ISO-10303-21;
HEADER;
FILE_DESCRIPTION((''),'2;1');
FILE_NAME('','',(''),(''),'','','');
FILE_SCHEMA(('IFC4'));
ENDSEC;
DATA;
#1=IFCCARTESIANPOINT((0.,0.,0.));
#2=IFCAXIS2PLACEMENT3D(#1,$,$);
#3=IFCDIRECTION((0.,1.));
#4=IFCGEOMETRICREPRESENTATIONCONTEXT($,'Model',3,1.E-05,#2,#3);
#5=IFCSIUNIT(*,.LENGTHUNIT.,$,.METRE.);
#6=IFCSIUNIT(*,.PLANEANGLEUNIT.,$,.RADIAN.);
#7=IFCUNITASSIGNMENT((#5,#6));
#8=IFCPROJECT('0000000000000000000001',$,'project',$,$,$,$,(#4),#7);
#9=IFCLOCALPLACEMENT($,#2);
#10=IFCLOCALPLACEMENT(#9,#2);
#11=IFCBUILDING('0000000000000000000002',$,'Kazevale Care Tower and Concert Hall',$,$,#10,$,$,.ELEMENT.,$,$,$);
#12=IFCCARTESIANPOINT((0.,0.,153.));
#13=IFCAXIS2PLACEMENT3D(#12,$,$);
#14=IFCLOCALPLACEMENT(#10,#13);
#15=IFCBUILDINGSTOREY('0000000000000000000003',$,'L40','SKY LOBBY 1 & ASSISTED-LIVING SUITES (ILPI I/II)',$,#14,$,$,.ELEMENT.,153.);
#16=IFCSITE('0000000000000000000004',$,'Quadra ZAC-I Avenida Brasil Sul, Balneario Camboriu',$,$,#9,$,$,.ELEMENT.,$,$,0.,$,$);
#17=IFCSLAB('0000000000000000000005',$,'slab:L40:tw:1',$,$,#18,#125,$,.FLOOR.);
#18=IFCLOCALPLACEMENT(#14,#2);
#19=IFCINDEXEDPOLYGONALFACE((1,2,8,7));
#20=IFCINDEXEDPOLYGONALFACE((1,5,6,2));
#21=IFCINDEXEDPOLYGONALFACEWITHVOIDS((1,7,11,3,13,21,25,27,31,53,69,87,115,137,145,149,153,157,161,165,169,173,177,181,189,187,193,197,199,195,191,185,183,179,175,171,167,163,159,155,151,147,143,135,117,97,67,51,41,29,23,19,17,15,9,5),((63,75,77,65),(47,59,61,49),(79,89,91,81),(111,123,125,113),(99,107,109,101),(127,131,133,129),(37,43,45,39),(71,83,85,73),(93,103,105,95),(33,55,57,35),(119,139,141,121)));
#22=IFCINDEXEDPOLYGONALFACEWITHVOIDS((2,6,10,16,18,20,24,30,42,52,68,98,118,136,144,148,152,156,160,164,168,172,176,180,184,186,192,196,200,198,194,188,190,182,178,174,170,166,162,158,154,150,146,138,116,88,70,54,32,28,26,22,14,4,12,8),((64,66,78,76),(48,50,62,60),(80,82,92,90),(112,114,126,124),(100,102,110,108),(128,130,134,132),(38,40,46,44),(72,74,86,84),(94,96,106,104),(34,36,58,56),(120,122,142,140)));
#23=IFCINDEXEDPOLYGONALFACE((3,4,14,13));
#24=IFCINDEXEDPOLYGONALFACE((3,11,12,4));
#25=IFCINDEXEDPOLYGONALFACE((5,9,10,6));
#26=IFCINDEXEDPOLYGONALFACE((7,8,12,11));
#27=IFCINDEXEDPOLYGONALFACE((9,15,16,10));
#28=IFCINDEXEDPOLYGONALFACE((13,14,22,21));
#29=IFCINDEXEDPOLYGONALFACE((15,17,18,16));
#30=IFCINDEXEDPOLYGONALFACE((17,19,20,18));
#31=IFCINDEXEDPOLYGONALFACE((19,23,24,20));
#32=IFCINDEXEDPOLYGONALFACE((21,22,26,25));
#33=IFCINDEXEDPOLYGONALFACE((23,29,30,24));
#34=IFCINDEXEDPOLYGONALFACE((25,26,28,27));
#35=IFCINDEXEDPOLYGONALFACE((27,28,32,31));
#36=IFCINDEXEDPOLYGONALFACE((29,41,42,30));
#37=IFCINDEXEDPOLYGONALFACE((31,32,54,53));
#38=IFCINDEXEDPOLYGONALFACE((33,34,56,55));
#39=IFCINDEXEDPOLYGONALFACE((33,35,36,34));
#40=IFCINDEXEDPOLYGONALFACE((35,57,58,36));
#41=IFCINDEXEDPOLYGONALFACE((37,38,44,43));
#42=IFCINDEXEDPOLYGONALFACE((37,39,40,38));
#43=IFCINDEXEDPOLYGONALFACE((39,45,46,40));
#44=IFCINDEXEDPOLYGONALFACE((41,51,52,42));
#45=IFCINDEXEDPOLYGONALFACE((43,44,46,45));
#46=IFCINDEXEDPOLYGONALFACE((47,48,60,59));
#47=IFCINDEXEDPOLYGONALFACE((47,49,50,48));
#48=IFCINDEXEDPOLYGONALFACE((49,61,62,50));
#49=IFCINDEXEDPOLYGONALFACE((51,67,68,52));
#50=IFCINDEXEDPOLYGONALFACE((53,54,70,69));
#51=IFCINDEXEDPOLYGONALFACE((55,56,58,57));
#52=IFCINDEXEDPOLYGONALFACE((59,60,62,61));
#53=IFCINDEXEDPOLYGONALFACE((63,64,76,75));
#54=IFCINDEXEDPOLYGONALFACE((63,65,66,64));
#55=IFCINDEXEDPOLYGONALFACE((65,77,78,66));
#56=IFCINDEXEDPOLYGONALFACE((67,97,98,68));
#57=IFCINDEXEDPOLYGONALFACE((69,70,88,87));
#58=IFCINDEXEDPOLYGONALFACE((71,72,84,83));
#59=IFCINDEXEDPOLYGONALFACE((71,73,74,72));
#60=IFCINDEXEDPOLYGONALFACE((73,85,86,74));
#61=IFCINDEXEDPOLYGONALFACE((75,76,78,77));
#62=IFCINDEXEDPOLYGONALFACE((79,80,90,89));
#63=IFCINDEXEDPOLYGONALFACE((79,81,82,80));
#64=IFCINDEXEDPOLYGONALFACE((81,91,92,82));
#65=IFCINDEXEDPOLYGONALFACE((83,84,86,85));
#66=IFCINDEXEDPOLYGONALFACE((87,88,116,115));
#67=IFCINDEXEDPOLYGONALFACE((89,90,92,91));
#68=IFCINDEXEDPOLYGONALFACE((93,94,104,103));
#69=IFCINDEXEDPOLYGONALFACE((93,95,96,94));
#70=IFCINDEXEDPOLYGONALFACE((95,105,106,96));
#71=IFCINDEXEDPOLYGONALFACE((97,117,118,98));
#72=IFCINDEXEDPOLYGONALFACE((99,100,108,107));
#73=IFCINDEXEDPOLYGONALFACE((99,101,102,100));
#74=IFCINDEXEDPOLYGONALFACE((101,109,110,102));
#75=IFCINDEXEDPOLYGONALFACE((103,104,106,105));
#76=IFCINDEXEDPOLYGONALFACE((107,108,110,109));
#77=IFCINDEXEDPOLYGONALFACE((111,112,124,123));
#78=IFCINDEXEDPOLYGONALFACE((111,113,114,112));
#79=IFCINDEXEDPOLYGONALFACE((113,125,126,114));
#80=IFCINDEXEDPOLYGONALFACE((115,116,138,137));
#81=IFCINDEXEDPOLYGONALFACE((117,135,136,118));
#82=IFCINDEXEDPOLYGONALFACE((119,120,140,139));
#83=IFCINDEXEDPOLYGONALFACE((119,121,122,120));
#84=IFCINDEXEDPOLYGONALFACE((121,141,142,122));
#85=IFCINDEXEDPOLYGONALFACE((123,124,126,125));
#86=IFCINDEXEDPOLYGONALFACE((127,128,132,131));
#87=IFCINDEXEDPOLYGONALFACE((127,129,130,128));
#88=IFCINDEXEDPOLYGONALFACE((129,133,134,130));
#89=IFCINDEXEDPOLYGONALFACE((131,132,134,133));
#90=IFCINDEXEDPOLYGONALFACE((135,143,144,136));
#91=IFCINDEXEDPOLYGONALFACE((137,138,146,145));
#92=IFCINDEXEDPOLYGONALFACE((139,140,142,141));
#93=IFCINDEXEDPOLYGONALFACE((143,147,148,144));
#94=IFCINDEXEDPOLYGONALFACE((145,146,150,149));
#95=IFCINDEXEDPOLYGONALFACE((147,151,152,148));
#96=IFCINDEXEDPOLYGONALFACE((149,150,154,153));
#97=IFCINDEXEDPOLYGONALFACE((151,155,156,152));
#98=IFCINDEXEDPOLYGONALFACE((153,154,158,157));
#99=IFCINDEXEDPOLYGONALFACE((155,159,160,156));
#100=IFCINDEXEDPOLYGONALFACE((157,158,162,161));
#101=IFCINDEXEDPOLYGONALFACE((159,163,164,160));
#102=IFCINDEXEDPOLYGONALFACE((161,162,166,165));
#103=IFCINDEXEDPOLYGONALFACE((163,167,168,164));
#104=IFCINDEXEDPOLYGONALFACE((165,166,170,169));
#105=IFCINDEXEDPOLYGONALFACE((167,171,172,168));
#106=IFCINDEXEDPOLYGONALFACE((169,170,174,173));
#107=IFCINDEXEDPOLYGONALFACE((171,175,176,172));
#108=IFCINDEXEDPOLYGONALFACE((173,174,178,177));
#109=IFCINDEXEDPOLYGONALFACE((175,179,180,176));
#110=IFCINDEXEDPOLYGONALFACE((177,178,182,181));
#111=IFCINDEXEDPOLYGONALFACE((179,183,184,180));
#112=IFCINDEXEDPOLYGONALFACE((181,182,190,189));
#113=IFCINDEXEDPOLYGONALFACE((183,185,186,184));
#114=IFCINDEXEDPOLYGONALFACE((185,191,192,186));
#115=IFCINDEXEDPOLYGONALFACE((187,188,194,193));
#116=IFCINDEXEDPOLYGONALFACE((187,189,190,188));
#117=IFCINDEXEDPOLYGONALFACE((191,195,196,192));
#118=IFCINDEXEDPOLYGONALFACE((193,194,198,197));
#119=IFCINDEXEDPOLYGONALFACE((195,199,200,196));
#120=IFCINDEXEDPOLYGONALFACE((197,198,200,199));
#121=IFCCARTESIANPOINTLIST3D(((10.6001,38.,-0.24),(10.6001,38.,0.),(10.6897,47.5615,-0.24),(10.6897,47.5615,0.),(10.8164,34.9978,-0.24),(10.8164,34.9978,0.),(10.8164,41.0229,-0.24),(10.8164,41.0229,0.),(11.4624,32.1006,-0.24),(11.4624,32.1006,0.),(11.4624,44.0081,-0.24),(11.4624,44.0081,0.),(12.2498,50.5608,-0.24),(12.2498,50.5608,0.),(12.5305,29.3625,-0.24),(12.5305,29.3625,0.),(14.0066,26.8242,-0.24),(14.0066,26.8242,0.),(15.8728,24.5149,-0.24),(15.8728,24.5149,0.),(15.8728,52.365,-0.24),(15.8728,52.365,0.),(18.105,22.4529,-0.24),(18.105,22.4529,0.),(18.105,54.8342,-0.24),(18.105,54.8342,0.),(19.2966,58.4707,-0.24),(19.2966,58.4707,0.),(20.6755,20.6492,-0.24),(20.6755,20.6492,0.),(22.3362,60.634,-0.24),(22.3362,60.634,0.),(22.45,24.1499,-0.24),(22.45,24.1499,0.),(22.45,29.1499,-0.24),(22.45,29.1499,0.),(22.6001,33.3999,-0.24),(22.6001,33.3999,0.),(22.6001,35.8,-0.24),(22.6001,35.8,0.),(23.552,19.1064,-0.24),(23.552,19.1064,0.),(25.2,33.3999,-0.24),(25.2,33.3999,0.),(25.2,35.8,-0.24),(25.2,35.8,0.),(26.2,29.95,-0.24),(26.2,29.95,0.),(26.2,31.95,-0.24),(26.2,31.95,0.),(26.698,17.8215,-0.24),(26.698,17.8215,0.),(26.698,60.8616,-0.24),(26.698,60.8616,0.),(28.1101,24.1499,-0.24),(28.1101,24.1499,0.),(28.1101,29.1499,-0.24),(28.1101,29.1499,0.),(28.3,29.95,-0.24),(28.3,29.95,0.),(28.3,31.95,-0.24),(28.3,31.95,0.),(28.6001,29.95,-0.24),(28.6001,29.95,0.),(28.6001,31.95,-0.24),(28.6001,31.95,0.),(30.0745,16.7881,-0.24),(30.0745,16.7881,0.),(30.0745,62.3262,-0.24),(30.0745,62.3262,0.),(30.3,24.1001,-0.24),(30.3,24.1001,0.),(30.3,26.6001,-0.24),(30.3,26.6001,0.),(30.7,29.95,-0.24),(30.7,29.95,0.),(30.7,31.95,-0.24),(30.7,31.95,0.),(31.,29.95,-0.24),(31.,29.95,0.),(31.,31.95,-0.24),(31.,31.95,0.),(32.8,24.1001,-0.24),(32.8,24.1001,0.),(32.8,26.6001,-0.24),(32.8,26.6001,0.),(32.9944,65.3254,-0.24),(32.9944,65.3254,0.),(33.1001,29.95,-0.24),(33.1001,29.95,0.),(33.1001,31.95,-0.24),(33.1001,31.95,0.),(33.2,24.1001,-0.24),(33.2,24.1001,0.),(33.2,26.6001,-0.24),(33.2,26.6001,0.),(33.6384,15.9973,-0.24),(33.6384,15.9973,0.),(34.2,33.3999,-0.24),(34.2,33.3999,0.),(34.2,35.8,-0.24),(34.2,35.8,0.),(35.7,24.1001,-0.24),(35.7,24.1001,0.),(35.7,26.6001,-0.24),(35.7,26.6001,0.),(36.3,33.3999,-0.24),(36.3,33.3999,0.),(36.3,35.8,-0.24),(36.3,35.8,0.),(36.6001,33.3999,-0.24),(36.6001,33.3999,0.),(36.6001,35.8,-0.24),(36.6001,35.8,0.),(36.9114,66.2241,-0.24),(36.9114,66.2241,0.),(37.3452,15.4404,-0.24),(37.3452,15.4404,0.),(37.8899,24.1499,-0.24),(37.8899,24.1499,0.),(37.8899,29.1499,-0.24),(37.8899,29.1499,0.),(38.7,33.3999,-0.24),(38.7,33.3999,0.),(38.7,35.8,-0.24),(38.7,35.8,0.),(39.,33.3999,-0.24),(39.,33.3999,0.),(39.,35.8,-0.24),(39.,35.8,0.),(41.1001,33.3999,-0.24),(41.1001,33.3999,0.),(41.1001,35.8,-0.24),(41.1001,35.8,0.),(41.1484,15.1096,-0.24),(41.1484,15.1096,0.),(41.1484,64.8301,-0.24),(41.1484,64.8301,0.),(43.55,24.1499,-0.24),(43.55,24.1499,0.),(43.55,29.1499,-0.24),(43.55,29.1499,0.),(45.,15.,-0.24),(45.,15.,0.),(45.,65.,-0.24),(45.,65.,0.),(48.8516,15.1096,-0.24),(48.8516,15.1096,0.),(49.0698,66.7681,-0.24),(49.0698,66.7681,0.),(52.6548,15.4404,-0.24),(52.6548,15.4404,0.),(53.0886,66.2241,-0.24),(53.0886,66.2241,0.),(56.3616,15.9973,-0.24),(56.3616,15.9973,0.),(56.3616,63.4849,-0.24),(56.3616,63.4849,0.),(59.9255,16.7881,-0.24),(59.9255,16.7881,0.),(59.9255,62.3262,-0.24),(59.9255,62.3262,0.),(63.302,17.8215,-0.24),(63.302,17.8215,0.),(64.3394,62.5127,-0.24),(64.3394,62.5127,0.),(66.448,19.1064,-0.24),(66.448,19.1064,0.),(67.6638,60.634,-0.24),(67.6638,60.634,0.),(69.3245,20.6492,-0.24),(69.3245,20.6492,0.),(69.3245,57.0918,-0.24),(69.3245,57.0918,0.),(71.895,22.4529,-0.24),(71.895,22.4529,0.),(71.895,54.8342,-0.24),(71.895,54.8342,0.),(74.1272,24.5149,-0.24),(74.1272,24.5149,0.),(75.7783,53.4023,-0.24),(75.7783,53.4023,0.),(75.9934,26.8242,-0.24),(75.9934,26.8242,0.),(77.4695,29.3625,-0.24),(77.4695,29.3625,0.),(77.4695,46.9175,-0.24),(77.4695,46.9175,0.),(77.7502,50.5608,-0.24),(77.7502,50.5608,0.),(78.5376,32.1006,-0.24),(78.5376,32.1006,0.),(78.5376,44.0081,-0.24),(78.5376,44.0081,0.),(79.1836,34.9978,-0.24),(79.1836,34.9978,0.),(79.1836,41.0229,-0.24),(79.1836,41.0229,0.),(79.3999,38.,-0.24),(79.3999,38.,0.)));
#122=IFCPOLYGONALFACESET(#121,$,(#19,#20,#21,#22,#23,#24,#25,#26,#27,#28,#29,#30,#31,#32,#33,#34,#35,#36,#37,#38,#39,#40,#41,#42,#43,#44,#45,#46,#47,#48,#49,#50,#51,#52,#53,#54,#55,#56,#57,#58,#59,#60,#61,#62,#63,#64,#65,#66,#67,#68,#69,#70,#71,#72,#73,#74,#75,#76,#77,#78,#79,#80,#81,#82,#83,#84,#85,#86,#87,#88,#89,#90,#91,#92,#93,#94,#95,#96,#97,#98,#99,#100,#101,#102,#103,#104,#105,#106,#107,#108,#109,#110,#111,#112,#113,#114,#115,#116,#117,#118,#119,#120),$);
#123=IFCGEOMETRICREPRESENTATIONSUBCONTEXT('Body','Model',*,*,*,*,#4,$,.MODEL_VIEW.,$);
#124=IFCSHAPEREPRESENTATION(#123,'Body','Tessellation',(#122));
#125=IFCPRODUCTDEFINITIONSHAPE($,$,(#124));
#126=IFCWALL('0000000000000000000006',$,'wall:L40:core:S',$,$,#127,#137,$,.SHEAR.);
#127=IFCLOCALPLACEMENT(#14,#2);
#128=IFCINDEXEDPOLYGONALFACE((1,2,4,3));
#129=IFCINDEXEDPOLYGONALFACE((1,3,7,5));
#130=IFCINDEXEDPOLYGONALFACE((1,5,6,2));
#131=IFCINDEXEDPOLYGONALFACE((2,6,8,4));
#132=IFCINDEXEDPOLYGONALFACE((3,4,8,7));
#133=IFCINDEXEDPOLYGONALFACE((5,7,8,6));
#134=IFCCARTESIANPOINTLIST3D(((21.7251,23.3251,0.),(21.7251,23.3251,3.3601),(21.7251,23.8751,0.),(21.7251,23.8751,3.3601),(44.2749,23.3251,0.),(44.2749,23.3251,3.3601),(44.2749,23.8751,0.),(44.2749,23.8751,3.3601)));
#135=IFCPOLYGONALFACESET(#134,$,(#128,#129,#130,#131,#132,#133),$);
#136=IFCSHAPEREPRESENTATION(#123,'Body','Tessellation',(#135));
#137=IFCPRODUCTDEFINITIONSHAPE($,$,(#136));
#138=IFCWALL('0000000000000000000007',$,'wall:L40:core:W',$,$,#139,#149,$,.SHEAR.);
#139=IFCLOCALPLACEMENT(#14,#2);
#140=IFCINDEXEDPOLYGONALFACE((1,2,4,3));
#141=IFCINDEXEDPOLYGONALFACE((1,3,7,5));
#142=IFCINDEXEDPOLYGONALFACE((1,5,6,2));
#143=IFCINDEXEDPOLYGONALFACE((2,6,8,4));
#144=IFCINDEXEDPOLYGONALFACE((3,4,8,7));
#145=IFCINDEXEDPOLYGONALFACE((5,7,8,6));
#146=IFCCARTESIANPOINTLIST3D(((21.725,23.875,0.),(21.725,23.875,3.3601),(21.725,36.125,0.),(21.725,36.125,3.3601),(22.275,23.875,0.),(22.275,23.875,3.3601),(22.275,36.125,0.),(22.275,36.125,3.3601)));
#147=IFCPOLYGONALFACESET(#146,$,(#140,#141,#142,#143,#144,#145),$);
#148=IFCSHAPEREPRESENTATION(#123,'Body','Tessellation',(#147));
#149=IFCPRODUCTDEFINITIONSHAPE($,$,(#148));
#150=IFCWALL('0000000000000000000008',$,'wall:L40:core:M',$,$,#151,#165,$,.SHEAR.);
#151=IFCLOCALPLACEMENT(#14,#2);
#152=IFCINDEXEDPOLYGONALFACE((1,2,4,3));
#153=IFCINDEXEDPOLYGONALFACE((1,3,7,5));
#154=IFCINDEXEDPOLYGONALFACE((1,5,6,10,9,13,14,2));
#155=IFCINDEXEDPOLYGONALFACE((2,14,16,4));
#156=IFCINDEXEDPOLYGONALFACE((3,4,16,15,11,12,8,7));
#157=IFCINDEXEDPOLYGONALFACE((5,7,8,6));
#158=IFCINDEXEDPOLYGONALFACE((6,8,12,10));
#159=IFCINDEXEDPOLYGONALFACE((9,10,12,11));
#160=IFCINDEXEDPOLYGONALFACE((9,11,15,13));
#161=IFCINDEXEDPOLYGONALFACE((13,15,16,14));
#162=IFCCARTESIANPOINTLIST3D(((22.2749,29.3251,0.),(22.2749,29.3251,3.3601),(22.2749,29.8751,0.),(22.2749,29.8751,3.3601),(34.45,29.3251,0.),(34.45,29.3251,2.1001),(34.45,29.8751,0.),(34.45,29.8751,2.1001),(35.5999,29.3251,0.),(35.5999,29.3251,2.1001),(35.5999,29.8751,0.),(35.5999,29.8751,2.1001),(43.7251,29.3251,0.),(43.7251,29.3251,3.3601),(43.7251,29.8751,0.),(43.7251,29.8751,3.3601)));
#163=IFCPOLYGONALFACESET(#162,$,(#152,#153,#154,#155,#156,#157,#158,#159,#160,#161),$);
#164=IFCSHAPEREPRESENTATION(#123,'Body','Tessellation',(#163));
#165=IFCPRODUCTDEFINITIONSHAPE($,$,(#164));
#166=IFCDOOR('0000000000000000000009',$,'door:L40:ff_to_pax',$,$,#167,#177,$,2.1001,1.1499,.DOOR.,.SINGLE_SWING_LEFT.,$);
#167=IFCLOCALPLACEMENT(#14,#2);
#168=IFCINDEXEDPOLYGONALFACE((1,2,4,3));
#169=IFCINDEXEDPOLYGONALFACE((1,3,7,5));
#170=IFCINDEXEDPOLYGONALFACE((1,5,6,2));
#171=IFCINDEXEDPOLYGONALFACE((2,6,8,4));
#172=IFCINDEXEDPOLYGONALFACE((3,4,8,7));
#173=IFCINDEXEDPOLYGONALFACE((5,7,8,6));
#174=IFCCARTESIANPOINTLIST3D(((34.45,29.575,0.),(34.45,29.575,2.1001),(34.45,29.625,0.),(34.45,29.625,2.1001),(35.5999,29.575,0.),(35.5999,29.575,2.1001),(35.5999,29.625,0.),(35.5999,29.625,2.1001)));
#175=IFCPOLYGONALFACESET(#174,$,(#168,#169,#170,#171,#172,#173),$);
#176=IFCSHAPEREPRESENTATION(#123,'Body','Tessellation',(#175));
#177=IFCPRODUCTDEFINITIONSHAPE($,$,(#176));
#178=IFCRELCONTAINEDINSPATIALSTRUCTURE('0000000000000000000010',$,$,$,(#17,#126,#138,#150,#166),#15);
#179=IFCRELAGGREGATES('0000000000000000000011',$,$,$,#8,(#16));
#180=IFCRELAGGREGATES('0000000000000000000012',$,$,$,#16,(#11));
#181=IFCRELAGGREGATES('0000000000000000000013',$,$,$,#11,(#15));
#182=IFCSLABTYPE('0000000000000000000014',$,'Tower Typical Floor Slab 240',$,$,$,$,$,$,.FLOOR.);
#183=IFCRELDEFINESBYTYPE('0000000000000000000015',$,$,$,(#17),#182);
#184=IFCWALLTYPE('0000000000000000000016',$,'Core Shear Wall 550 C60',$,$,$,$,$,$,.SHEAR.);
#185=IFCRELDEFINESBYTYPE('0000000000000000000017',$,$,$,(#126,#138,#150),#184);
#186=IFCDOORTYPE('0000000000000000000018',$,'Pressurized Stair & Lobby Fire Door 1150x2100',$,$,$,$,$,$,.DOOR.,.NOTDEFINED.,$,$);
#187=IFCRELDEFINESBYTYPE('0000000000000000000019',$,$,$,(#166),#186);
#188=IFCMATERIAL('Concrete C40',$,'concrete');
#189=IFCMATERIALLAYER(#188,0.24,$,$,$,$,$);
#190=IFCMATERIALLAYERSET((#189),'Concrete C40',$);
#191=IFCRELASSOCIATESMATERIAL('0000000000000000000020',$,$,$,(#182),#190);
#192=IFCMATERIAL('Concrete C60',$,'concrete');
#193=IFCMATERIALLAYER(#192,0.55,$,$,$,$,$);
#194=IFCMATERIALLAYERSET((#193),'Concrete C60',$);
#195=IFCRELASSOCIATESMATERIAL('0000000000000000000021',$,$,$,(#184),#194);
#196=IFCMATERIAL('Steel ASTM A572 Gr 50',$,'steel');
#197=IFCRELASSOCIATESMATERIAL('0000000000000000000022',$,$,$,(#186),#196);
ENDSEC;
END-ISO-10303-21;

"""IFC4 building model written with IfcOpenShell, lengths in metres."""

from ifc_helpers import new_model, si_unit, direction, frame, frame_2d, origin, place, context, subcontext, project, spatial, polyline, rectangle, outline, extrude, material, layer, layer_set, type_object, element, fill, save


model = new_model("IFC4")

# Units and contexts
model_context = context("Model", 3, precision=1e-05, world=origin(), true_north=direction((0.0, 1.0)))
body_context = subcontext(model_context, "Body", "Model", "MODEL_VIEW")
ifc_project = project(units=[si_unit("LENGTHUNIT", "METRE"), si_unit("PLANEANGLEUNIT", "RADIAN")], contexts=[model_context])

# Site, building, storey
site_placement = place(None, origin())
site = spatial("IfcSite", under=ifc_project, at=site_placement, Name="Quadra ZAC-I Avenida Brasil Sul, Balneario Camboriu", CompositionType="ELEMENT", RefElevation=0.0)
building_placement = place(site_placement, origin())
building = spatial("IfcBuilding", under=site, at=building_placement, Name="Kazevale Care Tower and Concert Hall", CompositionType="ELEMENT")
storey_placement = place(building_placement, frame((0.0, 0.0, 153.0)))
storey = spatial("IfcBuildingStorey", under=building, at=storey_placement, Name="L40", Description="SKY LOBBY 1 & ASSISTED-LIVING SUITES (ILPI I/II)", CompositionType="ELEMENT", Elevation=153.0)

# Shared definitions
ifc_material_1 = material(Name="Concrete C60", Category="concrete")

# Shared definitions
ifc_material_2 = material(Name="Steel ASTM A572 Gr 50", Category="steel")

# Shared definitions
ifc_material_3 = material(Name="Concrete C40", Category="concrete")

# Slab
ifc_layer_1 = layer(ifc_material_3, 0.24)
ifc_layer_set_1 = layer_set([ifc_layer_1], Name="Concrete C40")
slab_type_1 = type_object("IfcSlabType", Name="Tower Typical Floor Slab 240", PredefinedType="FLOOR", material=ifc_layer_set_1)
slab_1_placement = place(storey_placement, frame((0.0, 0.0, -0.24)))
element("IfcSlab", 1, at=slab_1_placement, inside=storey, type_object=slab_type_1, Name="slab:L40:tw:1", PredefinedType="FLOOR", context=body_context, shape_type="SweptSolid", body=[
    extrude(outline(polyline([(79.3999, 38.0), (79.1836, 41.0229), (78.5376, 44.0081), (77.4695, 46.9175), (77.7502, 50.5608), (75.7783, 53.4023), (71.895, 54.8342), (69.3245, 57.0918), (67.6638, 60.634), (64.3394, 62.5127), (59.9255, 62.3262), (56.3616, 63.4849), (53.0886, 66.2241), (49.0698, 66.7681), (45.0, 65.0), (41.1484, 64.8301), (36.9114, 66.2241), (32.9944, 65.3254), (30.0745, 62.3262), (26.698, 60.8616), (22.3362, 60.634), (19.2966, 58.4707), (18.105, 54.8342), (15.8728, 52.365), (12.2498, 50.5608), (10.6897, 47.5615), (11.4624, 44.0081), (10.8164, 41.0229), (10.6001, 38.0), (10.8164, 34.9978), (11.4624, 32.1006), (12.5305, 29.3625), (14.0066, 26.8242), (15.8728, 24.5149), (18.105, 22.4529), (20.6755, 20.6492), (23.552, 19.1064), (26.698, 17.8215), (30.0745, 16.7881), (33.6384, 15.9973), (37.3452, 15.4404), (41.1484, 15.1096), (45.0, 15.0), (48.8516, 15.1096), (52.6548, 15.4404), (56.3616, 15.9973), (59.9255, 16.7881), (63.302, 17.8215), (66.448, 19.1064), (69.3245, 20.6492), (71.895, 22.4529), (74.1272, 24.5149), (75.9934, 26.8242), (77.4695, 29.3625), (78.5376, 32.1006), (79.1836, 34.9978), (79.3999, 38.0)]), holes=[polyline([(22.45, 24.1499), (28.1101, 24.1499), (28.1101, 29.1499), (22.45, 29.1499), (22.45, 24.1499)]), polyline([(37.8899, 24.1499), (43.55, 24.1499), (43.55, 29.1499), (37.8899, 29.1499), (37.8899, 24.1499)]), polyline([(30.3, 24.1001), (32.8, 24.1001), (32.8, 26.6001), (30.3, 26.6001), (30.3, 24.1001)]), polyline([(33.2, 24.1001), (35.7, 24.1001), (35.7, 26.6001), (33.2, 26.6001), (33.2, 24.1001)]), polyline([(22.6001, 33.3999), (25.2, 33.3999), (25.2, 35.8), (22.6001, 35.8), (22.6001, 33.3999)]), polyline([(34.2, 33.3999), (36.3, 33.3999), (36.3, 35.8), (34.2, 35.8), (34.2, 33.3999)]), polyline([(36.6001, 33.3999), (38.7, 33.3999), (38.7, 35.8), (36.6001, 35.8), (36.6001, 33.3999)]), polyline([(39.0, 33.3999), (41.1001, 33.3999), (41.1001, 35.8), (39.0, 35.8), (39.0, 33.3999)]), polyline([(26.2, 29.95), (28.3, 29.95), (28.3, 31.95), (26.2, 31.95), (26.2, 29.95)]), polyline([(28.6001, 29.95), (30.7, 29.95), (30.7, 31.95), (28.6001, 31.95), (28.6001, 29.95)]), polyline([(31.0, 29.95), (33.1001, 29.95), (33.1001, 31.95), (31.0, 31.95), (31.0, 29.95)])]), origin(), (0.0, 0.0, 1.0), 0.24),
])

# Walls
ifc_layer_2 = layer(ifc_material_1, 0.55)
ifc_layer_set_2 = layer_set([ifc_layer_2], Name="Concrete C60")
wall_type_1 = type_object("IfcWallType", Name="Core Shear Wall 550 C60", PredefinedType="SHEAR", material=ifc_layer_set_2)
wall_1_placement = place(storey_placement, frame((21.7251, 23.6001, 0.0), z_axis=(0.0, 0.0, 1.0), x_axis=(1.0, 0.0, 0.0)))
element("IfcWall", 2, at=wall_1_placement, inside=storey, type_object=wall_type_1, Name="wall:L40:core:S", PredefinedType="SHEAR", context=body_context, shape_type="SweptSolid", body=[
    extrude(rectangle(XDim=22.5498, YDim=0.55, at=frame_2d((11.2749, 0.0))), origin(), (0.0, 0.0, 1.0), 3.3601),
])
wall_2_placement = place(storey_placement, frame((22.0, 23.875, 0.0), z_axis=(0.0, 0.0, 1.0), x_axis=(0.0, 1.0, 0.0)))
element("IfcWall", 3, at=wall_2_placement, inside=storey, type_object=wall_type_1, Name="wall:L40:core:W", PredefinedType="SHEAR", context=body_context, shape_type="SweptSolid", body=[
    extrude(rectangle(XDim=12.25, YDim=0.55, at=frame_2d((6.125, 0.0))), origin(), (0.0, 0.0, 1.0), 3.3601),
])

# Wall, opening, door
wall_3_placement = place(storey_placement, frame((22.2749, 29.6001, 0.0), z_axis=(0.0, 0.0, 1.0), x_axis=(1.0, 0.0, 0.0)))
wall_3 = element("IfcWall", 4, at=wall_3_placement, inside=storey, type_object=wall_type_1, Name="wall:L40:core:M", PredefinedType="SHEAR", context=body_context, shape_type="SweptSolid", body=[
    extrude(rectangle(XDim=21.4502, YDim=0.55, at=frame_2d((10.7251, 0.0))), origin(), (0.0, 0.0, 1.0), 3.3601),
])
opening_1_placement = place(wall_3_placement, frame((12.175, 0.0, 0.0)))
opening_1 = element("IfcOpeningElement", 5, at=opening_1_placement, cuts=wall_3, PredefinedType="OPENING", context=body_context, shape_type="SweptSolid", body=[
    extrude(rectangle(XDim=1.1499, YDim=2.1001, at=frame_2d((0.575, 1.05))), frame((0.0, 0.2849, 0.0), z_axis=(0.0, -1.0, 0.0), x_axis=(1.0, 0.0, 0.0)), (0.0, 0.0, 1.0), 0.5701),
])
door_type_1 = type_object("IfcDoorType", Name="Pressurized Stair & Lobby Fire Door 1150x2100", OperationType="NOTDEFINED", PredefinedType="DOOR", material=ifc_material_2)
door_1_placement = place(opening_1_placement, origin())
door_1 = element("IfcDoor", 6, at=door_1_placement, inside=storey, type_object=door_type_1, Name="door:L40:ff_to_pax", OperationType="SINGLE_SWING_LEFT", OverallHeight=2.1001, OverallWidth=1.1499, PredefinedType="DOOR", context=body_context, shape_type="SweptSolid", body=[
    extrude(rectangle(XDim=1.1499, YDim=2.1001, at=frame_2d((0.575, 1.05))), frame((0.0, 0.0249, 0.0), z_axis=(0.0, -1.0, 0.0), x_axis=(1.0, 0.0, 0.0)), (0.0, 0.0, 1.0), 0.05),
])
fill(opening_1, door_1)

save(model, "model.ifc")
